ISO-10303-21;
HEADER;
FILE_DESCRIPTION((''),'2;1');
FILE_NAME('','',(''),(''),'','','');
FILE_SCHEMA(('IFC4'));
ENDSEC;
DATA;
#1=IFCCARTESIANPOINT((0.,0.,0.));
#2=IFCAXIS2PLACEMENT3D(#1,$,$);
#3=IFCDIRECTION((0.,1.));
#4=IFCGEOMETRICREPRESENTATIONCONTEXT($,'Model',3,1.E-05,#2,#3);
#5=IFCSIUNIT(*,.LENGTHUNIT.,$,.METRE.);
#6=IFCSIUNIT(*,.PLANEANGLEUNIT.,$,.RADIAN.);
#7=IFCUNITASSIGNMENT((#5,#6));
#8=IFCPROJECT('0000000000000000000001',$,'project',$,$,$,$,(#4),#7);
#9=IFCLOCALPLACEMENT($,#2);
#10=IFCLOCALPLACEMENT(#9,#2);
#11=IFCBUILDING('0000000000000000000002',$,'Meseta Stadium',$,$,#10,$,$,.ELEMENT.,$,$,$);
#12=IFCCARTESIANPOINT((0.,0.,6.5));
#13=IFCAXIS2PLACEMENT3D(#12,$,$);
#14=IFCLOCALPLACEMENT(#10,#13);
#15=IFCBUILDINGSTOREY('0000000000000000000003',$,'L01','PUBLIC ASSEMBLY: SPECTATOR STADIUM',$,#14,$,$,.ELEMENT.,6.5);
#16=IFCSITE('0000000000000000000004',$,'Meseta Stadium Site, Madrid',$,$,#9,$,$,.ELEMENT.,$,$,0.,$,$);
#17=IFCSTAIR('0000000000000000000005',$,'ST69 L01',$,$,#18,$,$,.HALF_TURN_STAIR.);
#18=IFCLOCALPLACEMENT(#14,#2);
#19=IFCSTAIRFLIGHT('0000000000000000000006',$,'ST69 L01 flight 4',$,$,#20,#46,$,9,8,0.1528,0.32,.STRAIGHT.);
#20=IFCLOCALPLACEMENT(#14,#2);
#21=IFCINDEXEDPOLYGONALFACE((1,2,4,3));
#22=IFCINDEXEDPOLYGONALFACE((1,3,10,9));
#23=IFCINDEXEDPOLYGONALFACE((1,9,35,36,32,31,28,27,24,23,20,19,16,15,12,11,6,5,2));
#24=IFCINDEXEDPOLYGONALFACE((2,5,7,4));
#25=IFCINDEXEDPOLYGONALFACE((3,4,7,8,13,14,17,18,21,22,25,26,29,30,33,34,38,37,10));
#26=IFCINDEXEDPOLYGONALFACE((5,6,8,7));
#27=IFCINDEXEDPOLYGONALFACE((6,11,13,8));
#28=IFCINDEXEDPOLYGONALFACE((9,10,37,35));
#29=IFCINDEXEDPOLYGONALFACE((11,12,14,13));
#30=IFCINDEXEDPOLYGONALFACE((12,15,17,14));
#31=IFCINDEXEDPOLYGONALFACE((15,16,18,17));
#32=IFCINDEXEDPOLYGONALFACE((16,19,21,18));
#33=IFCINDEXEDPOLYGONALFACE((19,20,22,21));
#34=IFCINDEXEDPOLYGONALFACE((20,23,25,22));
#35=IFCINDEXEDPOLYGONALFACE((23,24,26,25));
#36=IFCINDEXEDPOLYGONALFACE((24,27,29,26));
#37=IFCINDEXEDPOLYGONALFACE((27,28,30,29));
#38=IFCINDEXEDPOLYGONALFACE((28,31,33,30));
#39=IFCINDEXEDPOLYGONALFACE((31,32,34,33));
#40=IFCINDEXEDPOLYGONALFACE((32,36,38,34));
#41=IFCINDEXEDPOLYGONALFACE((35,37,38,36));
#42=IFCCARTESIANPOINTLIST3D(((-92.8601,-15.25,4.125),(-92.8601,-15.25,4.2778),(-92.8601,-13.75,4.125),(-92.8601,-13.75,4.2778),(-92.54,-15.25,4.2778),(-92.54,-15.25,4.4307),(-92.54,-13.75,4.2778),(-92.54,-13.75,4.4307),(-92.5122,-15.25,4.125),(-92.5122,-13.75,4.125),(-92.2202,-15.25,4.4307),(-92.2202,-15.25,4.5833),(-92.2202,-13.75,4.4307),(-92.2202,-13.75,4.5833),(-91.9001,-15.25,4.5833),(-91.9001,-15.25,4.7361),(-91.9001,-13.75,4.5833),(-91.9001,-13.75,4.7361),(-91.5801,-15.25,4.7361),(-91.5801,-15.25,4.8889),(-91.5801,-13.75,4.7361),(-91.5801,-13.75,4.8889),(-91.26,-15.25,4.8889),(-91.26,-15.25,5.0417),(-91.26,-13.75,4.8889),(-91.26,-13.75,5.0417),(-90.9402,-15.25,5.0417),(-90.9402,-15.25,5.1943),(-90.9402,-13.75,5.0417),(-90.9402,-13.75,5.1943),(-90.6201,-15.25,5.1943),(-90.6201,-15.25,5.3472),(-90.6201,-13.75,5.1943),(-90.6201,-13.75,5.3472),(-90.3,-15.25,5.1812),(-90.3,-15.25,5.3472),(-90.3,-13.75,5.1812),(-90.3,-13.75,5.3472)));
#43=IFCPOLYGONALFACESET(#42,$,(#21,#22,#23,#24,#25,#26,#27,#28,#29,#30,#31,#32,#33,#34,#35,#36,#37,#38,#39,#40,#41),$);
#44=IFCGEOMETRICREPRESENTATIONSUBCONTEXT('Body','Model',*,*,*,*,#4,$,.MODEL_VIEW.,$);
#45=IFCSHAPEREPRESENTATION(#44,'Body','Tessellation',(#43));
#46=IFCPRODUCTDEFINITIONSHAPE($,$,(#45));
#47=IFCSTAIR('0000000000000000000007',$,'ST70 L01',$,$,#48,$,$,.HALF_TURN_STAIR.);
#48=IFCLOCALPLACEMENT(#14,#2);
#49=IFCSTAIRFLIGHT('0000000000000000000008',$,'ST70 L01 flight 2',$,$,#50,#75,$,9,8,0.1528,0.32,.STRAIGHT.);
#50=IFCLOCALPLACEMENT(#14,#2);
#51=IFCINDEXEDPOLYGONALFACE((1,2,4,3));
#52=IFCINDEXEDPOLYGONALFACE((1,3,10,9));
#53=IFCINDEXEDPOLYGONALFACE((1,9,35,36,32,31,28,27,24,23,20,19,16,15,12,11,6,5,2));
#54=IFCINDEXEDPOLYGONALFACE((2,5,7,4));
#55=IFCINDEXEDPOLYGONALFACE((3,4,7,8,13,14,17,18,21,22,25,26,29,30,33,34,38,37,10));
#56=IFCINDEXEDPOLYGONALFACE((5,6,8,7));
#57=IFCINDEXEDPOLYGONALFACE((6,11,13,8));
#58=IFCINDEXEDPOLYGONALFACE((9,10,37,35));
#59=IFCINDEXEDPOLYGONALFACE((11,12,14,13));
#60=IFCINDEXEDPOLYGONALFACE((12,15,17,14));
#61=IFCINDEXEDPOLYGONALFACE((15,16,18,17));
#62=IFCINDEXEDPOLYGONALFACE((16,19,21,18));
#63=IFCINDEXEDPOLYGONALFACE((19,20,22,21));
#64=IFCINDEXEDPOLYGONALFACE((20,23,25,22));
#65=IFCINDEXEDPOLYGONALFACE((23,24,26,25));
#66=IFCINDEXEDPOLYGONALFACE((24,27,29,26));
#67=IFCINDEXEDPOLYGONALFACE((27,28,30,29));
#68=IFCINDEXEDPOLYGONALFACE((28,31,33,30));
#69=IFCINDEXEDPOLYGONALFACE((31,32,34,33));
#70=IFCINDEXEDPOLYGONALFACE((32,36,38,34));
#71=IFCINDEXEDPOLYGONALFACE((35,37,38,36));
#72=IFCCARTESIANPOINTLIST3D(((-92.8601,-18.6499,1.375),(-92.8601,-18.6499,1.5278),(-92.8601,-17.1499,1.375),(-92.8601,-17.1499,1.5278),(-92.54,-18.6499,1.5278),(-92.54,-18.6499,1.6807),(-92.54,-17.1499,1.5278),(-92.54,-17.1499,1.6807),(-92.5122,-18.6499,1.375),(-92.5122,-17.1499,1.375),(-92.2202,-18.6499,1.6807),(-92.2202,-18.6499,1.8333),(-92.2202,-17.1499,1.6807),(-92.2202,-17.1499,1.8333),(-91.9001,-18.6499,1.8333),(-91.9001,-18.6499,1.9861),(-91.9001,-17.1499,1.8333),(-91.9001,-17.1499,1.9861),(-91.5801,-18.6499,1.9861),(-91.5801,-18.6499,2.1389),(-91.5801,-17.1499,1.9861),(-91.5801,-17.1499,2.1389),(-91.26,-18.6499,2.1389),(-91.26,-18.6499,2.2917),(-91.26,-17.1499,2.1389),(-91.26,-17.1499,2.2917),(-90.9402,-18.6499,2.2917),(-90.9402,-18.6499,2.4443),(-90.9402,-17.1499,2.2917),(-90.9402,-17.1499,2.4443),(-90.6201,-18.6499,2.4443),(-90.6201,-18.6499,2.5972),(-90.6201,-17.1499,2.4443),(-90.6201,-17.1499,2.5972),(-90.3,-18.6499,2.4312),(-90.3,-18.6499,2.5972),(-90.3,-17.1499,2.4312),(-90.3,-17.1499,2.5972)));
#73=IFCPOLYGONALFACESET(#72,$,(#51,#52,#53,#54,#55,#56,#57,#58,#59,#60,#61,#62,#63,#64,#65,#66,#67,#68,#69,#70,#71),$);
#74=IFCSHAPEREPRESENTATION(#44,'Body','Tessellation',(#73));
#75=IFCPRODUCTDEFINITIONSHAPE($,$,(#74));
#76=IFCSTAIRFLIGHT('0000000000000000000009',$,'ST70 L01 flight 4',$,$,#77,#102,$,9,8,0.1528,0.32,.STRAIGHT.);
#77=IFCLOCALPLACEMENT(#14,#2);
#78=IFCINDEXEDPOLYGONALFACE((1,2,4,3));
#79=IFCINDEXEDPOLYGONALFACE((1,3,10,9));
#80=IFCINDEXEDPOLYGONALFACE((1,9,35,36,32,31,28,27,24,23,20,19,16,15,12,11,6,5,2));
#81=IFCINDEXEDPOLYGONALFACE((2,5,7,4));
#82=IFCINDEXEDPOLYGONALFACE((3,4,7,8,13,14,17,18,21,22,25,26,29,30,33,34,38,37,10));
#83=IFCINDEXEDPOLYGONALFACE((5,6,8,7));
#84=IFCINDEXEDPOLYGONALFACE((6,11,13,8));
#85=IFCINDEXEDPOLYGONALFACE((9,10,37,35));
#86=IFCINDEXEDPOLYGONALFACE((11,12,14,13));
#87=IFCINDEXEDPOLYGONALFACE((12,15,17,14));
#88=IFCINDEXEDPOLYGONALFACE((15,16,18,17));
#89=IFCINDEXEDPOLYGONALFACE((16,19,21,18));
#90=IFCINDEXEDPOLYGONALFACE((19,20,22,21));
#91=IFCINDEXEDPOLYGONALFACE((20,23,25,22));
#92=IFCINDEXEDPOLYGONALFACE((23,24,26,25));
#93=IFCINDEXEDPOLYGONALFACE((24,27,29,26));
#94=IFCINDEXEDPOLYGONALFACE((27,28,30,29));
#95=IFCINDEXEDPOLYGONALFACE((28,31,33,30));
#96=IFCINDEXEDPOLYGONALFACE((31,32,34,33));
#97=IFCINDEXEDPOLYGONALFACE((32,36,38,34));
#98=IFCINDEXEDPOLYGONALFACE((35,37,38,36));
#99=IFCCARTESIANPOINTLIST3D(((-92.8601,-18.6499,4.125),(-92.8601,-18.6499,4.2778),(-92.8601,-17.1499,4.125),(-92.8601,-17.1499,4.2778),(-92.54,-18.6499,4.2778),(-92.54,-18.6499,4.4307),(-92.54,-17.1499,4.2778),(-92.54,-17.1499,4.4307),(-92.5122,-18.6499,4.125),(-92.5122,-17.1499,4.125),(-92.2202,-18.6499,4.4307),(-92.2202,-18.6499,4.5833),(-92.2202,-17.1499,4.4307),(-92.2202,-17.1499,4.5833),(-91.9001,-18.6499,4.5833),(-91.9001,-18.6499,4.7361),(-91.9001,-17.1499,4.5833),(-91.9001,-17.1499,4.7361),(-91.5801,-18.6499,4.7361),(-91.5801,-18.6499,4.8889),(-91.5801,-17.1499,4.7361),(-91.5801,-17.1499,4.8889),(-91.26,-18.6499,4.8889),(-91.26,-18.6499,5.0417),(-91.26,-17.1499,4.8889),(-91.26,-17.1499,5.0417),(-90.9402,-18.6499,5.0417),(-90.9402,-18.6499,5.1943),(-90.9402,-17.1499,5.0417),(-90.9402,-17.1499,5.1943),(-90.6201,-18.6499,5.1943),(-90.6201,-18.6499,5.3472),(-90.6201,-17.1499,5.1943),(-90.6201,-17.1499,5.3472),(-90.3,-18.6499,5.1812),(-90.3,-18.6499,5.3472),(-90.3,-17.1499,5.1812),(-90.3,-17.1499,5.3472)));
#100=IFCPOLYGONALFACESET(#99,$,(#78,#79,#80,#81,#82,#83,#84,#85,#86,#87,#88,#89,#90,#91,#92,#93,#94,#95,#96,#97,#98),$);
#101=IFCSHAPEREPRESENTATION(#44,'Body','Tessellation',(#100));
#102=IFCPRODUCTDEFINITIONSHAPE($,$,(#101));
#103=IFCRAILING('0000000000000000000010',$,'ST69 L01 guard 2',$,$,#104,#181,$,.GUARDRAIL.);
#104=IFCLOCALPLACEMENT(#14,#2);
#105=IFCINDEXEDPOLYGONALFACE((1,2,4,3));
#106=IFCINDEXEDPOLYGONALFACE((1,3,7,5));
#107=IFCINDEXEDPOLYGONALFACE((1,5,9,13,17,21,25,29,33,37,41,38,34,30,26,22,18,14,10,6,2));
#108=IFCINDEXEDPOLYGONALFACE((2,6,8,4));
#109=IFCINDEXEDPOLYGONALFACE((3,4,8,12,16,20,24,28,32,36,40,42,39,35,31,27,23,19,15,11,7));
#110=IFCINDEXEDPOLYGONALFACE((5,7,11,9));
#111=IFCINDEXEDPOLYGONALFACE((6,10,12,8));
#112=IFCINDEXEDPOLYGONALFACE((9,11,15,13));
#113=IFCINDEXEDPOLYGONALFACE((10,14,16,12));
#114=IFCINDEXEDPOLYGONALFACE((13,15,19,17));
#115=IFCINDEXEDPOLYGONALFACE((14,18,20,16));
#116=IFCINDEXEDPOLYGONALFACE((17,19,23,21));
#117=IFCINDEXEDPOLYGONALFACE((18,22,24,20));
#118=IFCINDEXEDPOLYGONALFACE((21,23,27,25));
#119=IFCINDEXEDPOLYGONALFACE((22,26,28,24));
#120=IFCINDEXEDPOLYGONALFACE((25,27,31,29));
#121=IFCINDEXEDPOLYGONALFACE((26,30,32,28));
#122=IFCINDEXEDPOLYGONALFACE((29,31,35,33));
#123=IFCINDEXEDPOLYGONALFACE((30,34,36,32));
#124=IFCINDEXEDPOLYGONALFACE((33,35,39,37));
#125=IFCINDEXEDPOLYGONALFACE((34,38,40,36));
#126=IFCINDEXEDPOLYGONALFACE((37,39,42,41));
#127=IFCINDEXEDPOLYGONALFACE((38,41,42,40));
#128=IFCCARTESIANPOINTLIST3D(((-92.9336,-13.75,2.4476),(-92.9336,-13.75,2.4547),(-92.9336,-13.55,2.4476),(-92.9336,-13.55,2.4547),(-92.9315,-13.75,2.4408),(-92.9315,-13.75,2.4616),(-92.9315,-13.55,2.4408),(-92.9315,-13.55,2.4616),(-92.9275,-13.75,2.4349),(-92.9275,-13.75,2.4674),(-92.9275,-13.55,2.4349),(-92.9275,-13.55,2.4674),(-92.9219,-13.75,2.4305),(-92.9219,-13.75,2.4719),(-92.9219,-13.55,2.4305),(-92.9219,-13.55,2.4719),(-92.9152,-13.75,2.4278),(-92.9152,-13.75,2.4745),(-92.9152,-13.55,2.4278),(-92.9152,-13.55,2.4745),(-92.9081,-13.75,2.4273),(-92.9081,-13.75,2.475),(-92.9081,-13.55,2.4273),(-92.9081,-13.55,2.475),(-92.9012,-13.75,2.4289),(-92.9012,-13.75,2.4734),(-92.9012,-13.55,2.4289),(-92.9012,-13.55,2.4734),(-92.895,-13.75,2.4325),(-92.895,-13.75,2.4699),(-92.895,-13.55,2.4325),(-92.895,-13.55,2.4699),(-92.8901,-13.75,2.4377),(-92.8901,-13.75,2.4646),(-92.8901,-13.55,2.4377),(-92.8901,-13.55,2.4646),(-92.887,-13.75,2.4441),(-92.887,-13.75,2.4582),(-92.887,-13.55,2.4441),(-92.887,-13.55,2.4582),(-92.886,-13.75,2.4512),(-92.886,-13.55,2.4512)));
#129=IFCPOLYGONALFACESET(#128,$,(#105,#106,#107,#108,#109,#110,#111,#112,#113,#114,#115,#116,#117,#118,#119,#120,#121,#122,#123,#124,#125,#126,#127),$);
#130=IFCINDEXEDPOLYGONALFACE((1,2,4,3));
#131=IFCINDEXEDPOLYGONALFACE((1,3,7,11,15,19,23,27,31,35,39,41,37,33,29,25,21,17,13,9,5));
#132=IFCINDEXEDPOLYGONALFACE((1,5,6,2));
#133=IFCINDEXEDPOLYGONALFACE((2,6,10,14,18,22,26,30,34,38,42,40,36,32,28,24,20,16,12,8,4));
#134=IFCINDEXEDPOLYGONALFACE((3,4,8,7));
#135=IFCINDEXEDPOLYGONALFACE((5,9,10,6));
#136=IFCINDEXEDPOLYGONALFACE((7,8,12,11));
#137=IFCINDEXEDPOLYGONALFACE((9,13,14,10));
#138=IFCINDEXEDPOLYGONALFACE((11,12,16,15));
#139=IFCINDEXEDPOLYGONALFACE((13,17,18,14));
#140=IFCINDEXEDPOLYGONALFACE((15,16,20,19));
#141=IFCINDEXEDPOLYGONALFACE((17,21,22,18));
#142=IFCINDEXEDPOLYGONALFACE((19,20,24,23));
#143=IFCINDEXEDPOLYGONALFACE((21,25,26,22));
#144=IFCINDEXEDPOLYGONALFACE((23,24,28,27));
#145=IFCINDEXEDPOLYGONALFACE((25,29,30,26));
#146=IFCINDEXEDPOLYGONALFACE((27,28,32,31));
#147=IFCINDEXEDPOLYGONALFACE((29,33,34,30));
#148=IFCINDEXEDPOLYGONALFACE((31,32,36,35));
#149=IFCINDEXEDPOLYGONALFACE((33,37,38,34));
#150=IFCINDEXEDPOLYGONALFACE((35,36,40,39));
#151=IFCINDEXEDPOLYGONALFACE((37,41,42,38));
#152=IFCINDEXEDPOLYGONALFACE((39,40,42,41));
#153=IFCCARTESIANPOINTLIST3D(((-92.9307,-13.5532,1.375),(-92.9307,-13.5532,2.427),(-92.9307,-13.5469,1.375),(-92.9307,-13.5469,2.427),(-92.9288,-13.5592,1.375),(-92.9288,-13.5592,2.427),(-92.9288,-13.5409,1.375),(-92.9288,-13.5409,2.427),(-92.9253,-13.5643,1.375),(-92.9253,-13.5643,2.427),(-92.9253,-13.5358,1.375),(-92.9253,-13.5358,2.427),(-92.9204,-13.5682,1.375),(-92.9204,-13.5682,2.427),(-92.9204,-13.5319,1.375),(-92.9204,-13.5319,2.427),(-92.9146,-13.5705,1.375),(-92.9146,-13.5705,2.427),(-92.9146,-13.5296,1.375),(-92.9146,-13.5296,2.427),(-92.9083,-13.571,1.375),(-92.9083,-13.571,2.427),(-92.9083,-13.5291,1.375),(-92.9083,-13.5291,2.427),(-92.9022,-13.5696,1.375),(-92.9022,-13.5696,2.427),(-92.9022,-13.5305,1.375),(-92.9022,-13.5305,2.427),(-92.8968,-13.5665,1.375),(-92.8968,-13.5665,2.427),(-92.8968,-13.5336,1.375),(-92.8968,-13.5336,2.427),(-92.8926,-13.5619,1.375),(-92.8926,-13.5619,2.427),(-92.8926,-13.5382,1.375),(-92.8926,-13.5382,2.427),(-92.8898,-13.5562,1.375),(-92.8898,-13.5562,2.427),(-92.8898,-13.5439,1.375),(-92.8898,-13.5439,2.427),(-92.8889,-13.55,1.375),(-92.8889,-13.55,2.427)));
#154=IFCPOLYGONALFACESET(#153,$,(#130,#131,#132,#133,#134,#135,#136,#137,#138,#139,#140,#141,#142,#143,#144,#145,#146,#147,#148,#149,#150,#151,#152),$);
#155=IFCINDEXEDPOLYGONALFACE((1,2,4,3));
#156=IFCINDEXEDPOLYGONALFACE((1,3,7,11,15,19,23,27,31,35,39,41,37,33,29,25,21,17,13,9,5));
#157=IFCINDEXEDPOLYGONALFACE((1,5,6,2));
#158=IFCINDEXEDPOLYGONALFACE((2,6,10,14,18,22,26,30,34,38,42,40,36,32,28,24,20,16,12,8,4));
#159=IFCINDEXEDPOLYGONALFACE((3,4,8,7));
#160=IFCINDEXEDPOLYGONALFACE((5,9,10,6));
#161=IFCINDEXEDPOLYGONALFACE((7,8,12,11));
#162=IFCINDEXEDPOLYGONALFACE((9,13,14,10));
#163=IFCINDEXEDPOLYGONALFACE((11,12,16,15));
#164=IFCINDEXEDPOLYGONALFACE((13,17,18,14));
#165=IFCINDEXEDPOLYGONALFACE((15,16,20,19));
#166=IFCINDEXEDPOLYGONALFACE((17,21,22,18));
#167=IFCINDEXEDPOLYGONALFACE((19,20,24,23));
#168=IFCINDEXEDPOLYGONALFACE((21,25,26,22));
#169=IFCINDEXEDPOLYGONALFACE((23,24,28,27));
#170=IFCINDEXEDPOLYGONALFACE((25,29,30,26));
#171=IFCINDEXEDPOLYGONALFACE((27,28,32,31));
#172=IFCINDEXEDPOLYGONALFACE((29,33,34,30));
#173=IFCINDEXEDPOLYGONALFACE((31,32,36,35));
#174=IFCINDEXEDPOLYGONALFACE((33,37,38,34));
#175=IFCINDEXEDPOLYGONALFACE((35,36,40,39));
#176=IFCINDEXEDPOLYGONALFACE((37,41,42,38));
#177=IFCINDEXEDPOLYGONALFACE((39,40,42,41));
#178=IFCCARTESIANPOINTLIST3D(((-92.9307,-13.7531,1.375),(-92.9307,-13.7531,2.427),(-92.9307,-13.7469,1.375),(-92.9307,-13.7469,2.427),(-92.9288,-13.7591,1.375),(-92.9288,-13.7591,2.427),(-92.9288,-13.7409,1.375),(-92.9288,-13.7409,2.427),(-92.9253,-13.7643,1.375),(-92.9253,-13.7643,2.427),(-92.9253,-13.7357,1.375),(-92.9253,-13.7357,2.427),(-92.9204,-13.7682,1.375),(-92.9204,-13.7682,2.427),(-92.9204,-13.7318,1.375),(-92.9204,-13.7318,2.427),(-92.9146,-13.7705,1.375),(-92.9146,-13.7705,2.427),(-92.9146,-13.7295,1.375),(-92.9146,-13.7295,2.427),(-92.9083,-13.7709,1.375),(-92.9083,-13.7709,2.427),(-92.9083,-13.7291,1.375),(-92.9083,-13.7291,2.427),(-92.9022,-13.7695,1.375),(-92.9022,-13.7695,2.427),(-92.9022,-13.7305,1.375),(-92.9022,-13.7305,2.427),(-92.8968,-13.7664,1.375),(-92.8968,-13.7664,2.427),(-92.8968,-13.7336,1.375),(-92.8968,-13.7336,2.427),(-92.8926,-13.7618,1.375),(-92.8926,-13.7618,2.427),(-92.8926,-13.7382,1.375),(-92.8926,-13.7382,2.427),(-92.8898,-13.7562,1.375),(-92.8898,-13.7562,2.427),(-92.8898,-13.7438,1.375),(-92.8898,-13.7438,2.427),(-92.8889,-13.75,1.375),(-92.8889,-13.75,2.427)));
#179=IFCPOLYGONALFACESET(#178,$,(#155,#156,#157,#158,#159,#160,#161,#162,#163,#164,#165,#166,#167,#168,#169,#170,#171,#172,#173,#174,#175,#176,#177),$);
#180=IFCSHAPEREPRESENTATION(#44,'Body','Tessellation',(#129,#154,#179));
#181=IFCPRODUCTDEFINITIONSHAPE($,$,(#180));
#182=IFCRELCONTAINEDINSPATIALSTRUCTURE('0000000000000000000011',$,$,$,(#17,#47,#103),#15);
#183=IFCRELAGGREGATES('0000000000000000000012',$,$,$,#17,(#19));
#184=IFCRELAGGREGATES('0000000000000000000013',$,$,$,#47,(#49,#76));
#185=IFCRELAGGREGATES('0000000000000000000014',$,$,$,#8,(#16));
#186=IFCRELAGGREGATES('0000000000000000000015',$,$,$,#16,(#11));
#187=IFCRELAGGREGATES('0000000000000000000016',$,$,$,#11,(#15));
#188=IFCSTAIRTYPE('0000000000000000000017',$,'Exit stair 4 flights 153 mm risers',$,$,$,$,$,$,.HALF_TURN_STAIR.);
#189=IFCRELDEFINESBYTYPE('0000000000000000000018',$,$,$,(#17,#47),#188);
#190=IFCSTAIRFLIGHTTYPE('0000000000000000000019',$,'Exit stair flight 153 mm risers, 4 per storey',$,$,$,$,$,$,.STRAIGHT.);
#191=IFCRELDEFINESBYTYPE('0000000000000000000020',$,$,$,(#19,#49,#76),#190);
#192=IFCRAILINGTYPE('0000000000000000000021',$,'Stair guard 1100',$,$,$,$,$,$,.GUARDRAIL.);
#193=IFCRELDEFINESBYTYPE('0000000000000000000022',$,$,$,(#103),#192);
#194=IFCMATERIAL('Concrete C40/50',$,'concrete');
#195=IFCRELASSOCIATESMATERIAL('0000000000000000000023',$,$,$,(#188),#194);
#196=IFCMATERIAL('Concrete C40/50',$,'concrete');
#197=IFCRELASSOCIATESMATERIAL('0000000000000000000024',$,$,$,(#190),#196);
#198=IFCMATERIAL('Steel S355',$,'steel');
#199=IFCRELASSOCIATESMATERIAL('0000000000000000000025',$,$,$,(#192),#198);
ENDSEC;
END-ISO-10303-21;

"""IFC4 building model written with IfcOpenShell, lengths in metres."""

from ifc_helpers import new_model, si_unit, direction, frame, origin, origin_2d, place, context, subcontext, project, spatial, polyline, circle, outline, extrude, material, type_object, element, aggregate, save


model = new_model("IFC4")

# Units and contexts
model_context = context("Model", 3, precision=1e-05, world=origin(), true_north=direction((0.0, 1.0)))
body_context = subcontext(model_context, "Body", "Model", "MODEL_VIEW")
ifc_project = project(units=[si_unit("LENGTHUNIT", "METRE"), si_unit("PLANEANGLEUNIT", "RADIAN")], contexts=[model_context])

# Site, building, storey
site_placement = place(None, origin())
site = spatial("IfcSite", under=ifc_project, at=site_placement, Name="Meseta Stadium Site, Madrid", CompositionType="ELEMENT", RefElevation=0.0)
building_placement = place(site_placement, origin())
building = spatial("IfcBuilding", under=site, at=building_placement, Name="Meseta Stadium", CompositionType="ELEMENT")
storey_placement = place(building_placement, frame((0.0, 0.0, 6.5)))
storey = spatial("IfcBuildingStorey", under=building, at=storey_placement, Name="L01", Description="PUBLIC ASSEMBLY: SPECTATOR STADIUM", CompositionType="ELEMENT", Elevation=6.5)

# Stairs, stair flights
ifc_material_1 = material(Name="Concrete C40/50", Category="concrete")
stair_type = type_object("IfcStairType", Name="Exit stair 4 flights 153 mm risers", PredefinedType="HALF_TURN_STAIR", material=ifc_material_1)
stair_1_placement = place(storey_placement, origin())
stair_1 = element("IfcStair", 1, at=stair_1_placement, inside=storey, type_object=stair_type, Name="ST69 L01", PredefinedType="HALF_TURN_STAIR")
ifc_material_2 = material(Name="Concrete C40/50", Category="concrete")
stair_flight_type = type_object("IfcStairFlightType", Name="Exit stair flight 153 mm risers, 4 per storey", PredefinedType="STRAIGHT", material=ifc_material_2)
stair_flight_1_placement = place(storey_placement, frame((-92.8601, -14.5, 4.125), z_axis=(0.0, 0.0, 1.0), x_axis=(1.0, 0.0, 0.0)))
stair_flight_1 = element("IfcStairFlight", 2, at=stair_flight_1_placement, type_object=stair_flight_type, Name="ST69 L01 flight 4", NumberOfRisers=9, NumberOfTreads=8, PredefinedType="STRAIGHT", RiserHeight=0.1528, TreadLength=0.32, context=body_context, shape_type="SweptSolid", body=[
    extrude(outline(polyline([(0.0, 0.0), (0.0, 0.1528), (0.3201, 0.1528), (0.3201, 0.3057), (0.6399, 0.3057), (0.6399, 0.4583), (0.96, 0.4583), (0.96, 0.6111), (1.28, 0.6111), (1.28, 0.7639), (1.6001, 0.7639), (1.6001, 0.9167), (1.9199, 0.9167), (1.9199, 1.0693), (2.24, 1.0693), (2.24, 1.2222), (2.5601, 1.2222), (2.5601, 1.0562), (0.3479, 0.0), (0.0, 0.0)])), frame((0.0, 0.75, 0.0), z_axis=(0.0, -1.0, 0.0), x_axis=(1.0, 0.0, 0.0)), (0.0, 0.0, 1.0), 1.5),
])
aggregate(stair_1, [stair_flight_1])
stair_2_placement = place(storey_placement, origin())
stair_2 = element("IfcStair", 3, at=stair_2_placement, inside=storey, type_object=stair_type, Name="ST70 L01", PredefinedType="HALF_TURN_STAIR")
stair_flight_2_placement = place(storey_placement, frame((-92.8601, -17.8999, 1.375), z_axis=(0.0, 0.0, 1.0), x_axis=(1.0, 0.0, 0.0)))
stair_flight_2 = element("IfcStairFlight", 4, at=stair_flight_2_placement, type_object=stair_flight_type, Name="ST70 L01 flight 2", NumberOfRisers=9, NumberOfTreads=8, PredefinedType="STRAIGHT", RiserHeight=0.1528, TreadLength=0.32, context=body_context, shape_type="SweptSolid", body=[
    extrude(outline(polyline([(0.0, 0.0), (0.0, 0.1528), (0.3201, 0.1528), (0.3201, 0.3057), (0.6399, 0.3057), (0.6399, 0.4583), (0.96, 0.4583), (0.96, 0.6111), (1.28, 0.6111), (1.28, 0.7639), (1.6001, 0.7639), (1.6001, 0.9167), (1.9199, 0.9167), (1.9199, 1.0693), (2.24, 1.0693), (2.24, 1.2222), (2.5601, 1.2222), (2.5601, 1.0562), (0.3479, 0.0), (0.0, 0.0)])), frame((0.0, 0.75, 0.0), z_axis=(0.0, -1.0, 0.0), x_axis=(1.0, 0.0, 0.0)), (0.0, 0.0, 1.0), 1.5),
])
stair_flight_3_placement = place(storey_placement, frame((-92.8601, -17.8999, 4.125), z_axis=(0.0, 0.0, 1.0), x_axis=(1.0, 0.0, 0.0)))
stair_flight_3 = element("IfcStairFlight", 5, at=stair_flight_3_placement, type_object=stair_flight_type, Name="ST70 L01 flight 4", NumberOfRisers=9, NumberOfTreads=8, PredefinedType="STRAIGHT", RiserHeight=0.1528, TreadLength=0.32, context=body_context, shape_type="SweptSolid", body=[
    extrude(outline(polyline([(0.0, 0.0), (0.0, 0.1528), (0.3201, 0.1528), (0.3201, 0.3057), (0.6399, 0.3057), (0.6399, 0.4583), (0.96, 0.4583), (0.96, 0.6111), (1.28, 0.6111), (1.28, 0.7639), (1.6001, 0.7639), (1.6001, 0.9167), (1.9199, 0.9167), (1.9199, 1.0693), (2.24, 1.0693), (2.24, 1.2222), (2.5601, 1.2222), (2.5601, 1.0562), (0.3479, 0.0), (0.0, 0.0)])), frame((0.0, 0.75, 0.0), z_axis=(0.0, -1.0, 0.0), x_axis=(1.0, 0.0, 0.0)), (0.0, 0.0, 1.0), 1.5),
])
aggregate(stair_2, [stair_flight_2, stair_flight_3])

# Railing
ifc_material_3 = material(Name="Steel S355", Category="steel")
railing_type_1 = type_object("IfcRailingType", Name="Stair guard 1100", PredefinedType="GUARDRAIL", material=ifc_material_3)
railing_1_placement = place(storey_placement, frame((-92.9099, -13.55, 1.375)))
element("IfcRailing", 6, at=railing_1_placement, inside=storey, type_object=railing_type_1, Name="ST69 L01 guard 2", PredefinedType="GUARDRAIL", context=body_context, shape_type="SweptSolid", body=[
    extrude(circle(Radius=0.0239, at=origin_2d()), frame((0.0, 0.0, 1.0762), z_axis=(0.0, -1.0, 0.0), x_axis=(1.0, 0.0, 0.0)), (0.0, 0.0, 1.0), 0.2),
    extrude(circle(Radius=0.021, at=origin_2d()), origin(), (0.0, 0.0, 1.0), 1.052),
    extrude(circle(Radius=0.021, at=origin_2d()), frame((0.0, -0.2, 0.0)), (0.0, 0.0, 1.0), 1.052),
])

save(model, "model.ifc")
